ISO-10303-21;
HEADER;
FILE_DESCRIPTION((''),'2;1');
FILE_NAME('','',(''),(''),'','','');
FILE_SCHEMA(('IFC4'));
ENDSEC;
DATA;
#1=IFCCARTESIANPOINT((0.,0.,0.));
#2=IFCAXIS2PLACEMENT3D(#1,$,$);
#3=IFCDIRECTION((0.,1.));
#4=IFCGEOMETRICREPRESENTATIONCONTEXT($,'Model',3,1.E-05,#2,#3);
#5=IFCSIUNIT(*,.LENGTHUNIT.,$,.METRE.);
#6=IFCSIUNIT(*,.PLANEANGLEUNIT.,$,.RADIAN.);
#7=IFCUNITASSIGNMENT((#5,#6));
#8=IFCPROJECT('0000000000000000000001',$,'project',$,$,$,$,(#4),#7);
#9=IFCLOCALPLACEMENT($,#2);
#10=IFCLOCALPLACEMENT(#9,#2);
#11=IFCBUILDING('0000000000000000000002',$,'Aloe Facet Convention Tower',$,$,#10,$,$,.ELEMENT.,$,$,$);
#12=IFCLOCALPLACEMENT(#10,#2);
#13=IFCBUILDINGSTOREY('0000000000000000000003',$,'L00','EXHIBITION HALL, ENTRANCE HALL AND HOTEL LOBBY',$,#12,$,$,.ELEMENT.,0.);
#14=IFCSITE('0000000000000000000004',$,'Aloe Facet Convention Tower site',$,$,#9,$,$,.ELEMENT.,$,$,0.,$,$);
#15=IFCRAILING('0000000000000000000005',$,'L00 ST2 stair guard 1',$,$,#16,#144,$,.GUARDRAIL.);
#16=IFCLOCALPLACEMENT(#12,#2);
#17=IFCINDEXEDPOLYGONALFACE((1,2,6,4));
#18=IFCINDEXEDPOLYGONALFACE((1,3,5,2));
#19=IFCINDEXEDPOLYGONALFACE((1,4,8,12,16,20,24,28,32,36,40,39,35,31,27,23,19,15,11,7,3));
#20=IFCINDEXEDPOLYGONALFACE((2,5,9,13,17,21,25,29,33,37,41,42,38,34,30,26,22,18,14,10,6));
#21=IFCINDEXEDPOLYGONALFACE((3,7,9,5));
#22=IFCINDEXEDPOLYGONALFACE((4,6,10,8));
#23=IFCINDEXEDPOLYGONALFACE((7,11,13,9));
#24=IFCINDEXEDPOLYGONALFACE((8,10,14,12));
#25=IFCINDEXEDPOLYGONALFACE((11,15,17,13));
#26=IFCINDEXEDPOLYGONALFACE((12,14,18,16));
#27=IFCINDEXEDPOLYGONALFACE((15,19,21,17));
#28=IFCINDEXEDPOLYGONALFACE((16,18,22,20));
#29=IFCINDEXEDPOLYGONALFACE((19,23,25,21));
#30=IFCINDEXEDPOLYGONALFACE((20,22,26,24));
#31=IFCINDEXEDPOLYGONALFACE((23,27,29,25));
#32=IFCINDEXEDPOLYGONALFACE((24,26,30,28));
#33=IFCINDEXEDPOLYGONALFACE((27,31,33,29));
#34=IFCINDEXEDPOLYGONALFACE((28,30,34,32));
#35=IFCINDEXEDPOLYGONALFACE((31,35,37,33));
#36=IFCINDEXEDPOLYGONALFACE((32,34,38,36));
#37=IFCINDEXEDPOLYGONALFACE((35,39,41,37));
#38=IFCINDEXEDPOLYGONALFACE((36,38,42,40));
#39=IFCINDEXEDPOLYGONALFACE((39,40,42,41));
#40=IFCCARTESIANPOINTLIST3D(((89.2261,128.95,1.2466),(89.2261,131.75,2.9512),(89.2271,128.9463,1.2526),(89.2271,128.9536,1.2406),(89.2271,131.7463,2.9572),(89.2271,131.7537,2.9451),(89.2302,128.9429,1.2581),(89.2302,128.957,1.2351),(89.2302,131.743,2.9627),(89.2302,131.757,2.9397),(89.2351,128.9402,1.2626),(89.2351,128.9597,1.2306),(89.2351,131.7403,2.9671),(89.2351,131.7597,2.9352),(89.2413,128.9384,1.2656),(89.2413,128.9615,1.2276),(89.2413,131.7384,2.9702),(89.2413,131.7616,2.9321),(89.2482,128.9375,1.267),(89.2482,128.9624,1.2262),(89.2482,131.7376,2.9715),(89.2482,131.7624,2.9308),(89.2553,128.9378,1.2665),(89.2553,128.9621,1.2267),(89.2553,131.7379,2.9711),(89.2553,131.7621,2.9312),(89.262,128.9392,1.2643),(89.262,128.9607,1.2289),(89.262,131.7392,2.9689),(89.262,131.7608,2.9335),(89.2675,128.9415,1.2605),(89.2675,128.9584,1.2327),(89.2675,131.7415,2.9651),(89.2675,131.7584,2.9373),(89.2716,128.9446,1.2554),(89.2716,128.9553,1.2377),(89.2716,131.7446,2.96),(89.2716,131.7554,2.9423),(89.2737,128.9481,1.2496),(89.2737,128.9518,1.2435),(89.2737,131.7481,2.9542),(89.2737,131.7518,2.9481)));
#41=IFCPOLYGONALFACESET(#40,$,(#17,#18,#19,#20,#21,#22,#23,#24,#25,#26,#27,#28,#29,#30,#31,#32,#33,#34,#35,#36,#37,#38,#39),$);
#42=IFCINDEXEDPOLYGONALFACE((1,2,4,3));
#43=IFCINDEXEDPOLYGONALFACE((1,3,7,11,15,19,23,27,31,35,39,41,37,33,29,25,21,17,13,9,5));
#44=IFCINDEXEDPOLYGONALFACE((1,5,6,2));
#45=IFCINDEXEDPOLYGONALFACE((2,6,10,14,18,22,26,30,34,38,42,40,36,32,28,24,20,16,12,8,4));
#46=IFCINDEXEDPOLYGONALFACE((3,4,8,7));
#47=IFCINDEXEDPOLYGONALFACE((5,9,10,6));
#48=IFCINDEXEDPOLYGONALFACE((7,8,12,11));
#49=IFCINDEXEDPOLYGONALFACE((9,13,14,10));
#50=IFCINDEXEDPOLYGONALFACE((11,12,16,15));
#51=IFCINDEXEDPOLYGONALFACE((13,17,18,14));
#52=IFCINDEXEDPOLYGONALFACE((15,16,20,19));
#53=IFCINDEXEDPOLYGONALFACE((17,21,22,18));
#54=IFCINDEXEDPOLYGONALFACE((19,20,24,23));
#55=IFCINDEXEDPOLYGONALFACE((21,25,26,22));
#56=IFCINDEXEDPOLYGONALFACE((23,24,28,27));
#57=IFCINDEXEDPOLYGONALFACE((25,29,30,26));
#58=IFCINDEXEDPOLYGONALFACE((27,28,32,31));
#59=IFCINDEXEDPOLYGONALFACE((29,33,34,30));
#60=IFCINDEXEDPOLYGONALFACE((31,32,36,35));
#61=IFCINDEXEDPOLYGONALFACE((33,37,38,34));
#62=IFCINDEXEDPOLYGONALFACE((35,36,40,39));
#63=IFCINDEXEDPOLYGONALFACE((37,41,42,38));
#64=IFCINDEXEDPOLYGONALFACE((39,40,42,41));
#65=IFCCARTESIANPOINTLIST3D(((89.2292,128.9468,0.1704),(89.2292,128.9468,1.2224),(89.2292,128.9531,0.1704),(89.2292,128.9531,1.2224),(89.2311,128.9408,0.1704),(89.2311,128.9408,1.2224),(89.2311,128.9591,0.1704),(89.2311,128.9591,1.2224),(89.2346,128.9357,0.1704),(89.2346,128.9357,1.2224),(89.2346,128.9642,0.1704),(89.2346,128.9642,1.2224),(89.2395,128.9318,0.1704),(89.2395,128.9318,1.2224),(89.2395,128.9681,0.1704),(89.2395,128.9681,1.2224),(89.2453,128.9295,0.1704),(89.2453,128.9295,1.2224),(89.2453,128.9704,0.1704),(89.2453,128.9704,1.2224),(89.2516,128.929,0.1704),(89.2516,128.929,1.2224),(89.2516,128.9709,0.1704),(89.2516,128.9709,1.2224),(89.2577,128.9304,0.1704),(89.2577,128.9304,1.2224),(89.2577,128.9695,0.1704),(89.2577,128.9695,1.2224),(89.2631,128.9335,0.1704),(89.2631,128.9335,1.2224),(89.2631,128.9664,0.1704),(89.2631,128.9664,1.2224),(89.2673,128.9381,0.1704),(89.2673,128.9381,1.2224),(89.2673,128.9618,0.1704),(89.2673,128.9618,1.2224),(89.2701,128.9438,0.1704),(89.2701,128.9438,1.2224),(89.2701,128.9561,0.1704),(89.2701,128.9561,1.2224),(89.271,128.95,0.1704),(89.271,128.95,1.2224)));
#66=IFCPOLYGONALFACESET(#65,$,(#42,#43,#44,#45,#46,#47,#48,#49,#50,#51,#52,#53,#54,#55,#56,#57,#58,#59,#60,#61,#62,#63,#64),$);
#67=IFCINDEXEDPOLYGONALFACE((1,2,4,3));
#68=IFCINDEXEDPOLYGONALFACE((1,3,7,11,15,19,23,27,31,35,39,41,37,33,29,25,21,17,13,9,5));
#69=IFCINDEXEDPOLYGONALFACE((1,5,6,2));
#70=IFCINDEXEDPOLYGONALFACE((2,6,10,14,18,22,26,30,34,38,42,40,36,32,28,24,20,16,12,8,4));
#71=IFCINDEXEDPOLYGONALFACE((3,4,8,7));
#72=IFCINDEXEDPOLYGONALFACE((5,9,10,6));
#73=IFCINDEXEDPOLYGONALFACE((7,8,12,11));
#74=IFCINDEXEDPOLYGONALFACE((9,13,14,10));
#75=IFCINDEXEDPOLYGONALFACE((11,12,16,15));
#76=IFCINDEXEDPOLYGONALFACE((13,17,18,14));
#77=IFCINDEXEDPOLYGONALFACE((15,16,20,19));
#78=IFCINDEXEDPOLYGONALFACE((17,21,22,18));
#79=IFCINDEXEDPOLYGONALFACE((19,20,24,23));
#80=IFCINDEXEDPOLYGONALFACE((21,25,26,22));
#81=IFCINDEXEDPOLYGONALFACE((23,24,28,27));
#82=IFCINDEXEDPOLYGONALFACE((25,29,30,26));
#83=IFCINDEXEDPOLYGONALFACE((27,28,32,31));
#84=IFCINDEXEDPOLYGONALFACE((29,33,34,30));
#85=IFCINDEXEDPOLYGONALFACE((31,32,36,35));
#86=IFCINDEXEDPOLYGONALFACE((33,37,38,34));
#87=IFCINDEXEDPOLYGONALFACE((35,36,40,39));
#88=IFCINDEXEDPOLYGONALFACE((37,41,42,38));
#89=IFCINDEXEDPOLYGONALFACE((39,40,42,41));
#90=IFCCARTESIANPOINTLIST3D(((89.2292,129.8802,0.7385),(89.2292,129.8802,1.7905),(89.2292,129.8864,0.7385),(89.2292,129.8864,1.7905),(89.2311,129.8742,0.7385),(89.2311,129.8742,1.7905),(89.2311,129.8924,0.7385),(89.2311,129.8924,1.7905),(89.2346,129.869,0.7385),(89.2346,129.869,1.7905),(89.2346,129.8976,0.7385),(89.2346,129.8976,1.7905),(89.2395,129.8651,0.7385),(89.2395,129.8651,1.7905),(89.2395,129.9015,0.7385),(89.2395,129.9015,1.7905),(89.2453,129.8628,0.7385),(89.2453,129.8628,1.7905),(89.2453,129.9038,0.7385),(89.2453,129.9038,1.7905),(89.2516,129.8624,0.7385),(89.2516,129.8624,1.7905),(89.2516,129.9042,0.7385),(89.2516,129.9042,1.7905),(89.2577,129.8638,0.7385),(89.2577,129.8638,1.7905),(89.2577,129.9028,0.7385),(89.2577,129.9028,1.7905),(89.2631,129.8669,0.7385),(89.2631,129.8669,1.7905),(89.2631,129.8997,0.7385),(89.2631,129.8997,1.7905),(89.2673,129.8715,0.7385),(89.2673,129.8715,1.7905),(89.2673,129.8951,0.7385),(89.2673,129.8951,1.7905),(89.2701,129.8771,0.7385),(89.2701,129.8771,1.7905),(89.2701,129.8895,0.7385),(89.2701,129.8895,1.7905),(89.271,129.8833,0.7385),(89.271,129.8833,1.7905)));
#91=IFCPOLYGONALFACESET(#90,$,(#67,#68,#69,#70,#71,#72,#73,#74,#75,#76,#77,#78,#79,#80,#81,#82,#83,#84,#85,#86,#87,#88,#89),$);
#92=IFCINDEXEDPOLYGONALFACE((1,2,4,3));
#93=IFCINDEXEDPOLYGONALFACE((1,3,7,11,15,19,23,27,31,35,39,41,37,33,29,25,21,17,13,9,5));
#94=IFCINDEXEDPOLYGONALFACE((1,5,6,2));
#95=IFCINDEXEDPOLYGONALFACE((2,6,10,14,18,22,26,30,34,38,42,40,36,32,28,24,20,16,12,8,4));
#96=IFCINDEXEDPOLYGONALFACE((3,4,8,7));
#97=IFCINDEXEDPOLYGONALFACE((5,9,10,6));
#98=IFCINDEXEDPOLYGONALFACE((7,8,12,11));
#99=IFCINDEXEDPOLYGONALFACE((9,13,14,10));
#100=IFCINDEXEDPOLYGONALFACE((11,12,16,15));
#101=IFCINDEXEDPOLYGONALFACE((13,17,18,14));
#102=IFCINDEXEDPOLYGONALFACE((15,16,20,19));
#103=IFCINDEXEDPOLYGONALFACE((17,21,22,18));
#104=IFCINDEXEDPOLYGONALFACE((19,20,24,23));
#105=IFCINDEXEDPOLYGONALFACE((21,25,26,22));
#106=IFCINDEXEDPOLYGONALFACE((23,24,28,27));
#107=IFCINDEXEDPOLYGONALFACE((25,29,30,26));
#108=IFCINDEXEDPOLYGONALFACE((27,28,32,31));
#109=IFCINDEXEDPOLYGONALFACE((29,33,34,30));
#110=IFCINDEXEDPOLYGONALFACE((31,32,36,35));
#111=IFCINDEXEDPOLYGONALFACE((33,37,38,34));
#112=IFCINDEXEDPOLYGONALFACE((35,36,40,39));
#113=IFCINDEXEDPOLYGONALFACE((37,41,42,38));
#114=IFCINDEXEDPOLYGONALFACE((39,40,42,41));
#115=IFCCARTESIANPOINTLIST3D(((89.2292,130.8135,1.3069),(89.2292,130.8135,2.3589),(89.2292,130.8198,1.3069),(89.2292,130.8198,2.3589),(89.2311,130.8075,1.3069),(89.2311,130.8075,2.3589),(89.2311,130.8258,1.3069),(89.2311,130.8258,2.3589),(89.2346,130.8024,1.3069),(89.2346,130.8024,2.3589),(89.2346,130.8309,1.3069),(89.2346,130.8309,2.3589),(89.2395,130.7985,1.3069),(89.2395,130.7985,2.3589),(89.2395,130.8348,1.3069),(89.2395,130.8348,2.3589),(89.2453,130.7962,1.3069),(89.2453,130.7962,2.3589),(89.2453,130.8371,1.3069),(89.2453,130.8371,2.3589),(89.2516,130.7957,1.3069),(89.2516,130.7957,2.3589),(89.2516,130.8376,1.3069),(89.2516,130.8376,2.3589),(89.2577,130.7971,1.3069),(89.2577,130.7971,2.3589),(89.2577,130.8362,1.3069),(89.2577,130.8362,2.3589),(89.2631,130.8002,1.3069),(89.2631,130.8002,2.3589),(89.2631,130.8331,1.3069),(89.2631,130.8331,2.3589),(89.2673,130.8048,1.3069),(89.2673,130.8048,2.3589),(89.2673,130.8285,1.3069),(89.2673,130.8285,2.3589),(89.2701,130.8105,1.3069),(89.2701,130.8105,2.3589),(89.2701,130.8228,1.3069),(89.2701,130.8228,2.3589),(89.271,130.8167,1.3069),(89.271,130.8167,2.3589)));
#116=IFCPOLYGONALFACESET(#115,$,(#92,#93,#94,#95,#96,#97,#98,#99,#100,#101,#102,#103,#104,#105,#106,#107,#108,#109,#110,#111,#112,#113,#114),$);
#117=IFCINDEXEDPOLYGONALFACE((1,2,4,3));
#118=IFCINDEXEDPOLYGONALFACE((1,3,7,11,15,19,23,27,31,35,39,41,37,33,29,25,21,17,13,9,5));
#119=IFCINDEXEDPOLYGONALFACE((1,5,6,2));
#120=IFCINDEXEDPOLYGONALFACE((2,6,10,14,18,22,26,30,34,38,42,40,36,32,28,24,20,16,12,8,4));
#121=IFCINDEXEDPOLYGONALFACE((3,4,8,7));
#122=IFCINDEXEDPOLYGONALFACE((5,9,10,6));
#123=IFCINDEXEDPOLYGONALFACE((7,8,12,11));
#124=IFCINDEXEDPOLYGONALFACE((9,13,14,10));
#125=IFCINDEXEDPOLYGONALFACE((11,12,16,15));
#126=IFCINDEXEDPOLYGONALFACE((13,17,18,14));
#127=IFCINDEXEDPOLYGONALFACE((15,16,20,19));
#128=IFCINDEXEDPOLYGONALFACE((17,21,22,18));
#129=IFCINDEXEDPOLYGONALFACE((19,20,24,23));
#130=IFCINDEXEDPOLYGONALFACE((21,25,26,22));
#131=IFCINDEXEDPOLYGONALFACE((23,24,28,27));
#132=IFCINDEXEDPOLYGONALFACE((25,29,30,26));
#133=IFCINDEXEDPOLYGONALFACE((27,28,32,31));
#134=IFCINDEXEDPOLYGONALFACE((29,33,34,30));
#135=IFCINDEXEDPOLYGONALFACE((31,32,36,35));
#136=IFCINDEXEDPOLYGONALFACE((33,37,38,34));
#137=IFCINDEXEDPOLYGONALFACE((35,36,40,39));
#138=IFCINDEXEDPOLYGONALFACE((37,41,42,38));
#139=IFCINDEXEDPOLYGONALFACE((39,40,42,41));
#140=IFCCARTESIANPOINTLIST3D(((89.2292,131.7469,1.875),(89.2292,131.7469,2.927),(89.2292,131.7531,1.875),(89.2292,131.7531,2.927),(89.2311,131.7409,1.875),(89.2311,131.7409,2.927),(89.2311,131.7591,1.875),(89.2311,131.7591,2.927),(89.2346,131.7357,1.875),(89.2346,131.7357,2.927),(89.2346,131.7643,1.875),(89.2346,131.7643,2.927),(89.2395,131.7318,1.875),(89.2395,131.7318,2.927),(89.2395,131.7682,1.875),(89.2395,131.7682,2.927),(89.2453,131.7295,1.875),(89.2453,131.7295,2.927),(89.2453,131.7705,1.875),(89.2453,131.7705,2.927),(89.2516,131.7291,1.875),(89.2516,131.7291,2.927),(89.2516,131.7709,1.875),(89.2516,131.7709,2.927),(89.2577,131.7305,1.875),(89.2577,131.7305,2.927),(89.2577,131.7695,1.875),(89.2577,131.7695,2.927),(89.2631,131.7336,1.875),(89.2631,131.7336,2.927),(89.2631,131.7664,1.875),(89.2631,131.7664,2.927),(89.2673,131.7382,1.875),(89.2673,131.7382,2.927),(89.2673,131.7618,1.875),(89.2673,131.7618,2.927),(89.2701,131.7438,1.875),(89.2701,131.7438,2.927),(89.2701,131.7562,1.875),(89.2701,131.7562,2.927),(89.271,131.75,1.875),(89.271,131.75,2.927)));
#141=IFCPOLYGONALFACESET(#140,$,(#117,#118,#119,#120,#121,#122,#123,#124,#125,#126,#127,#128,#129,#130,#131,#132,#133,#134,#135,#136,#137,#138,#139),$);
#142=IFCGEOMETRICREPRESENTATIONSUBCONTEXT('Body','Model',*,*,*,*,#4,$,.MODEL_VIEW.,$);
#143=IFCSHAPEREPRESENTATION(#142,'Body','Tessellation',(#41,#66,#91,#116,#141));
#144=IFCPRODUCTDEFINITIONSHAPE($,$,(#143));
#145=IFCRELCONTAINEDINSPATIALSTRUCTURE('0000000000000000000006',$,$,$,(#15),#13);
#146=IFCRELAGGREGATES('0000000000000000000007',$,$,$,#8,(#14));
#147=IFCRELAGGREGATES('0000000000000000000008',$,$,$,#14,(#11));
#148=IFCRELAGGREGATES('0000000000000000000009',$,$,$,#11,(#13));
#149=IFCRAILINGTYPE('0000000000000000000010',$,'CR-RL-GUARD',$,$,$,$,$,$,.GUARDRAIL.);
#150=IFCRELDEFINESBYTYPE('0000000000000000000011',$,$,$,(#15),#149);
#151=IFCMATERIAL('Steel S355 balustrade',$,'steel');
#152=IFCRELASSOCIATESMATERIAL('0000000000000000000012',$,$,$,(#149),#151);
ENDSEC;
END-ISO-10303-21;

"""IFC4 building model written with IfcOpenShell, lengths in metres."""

from ifc_helpers import new_model, si_unit, direction, frame, origin, origin_2d, place, context, subcontext, project, spatial, circle, extrude, material, type_object, element, save


model = new_model("IFC4")

# Units and contexts
model_context = context("Model", 3, precision=1e-05, world=origin(), true_north=direction((0.0, 1.0)))
body_context = subcontext(model_context, "Body", "Model", "MODEL_VIEW")
ifc_project = project(units=[si_unit("LENGTHUNIT", "METRE"), si_unit("PLANEANGLEUNIT", "RADIAN")], contexts=[model_context])

# Site, building, storey
site_placement = place(None, origin())
site = spatial("IfcSite", under=ifc_project, at=site_placement, Name="Aloe Facet Convention Tower site", CompositionType="ELEMENT", RefElevation=0.0)
building_placement = place(site_placement, origin())
building = spatial("IfcBuilding", under=site, at=building_placement, Name="Aloe Facet Convention Tower", CompositionType="ELEMENT")
storey_placement = place(building_placement, origin())
storey = spatial("IfcBuildingStorey", under=building, at=storey_placement, Name="L00", Description="EXHIBITION HALL, ENTRANCE HALL AND HOTEL LOBBY", CompositionType="ELEMENT", Elevation=0.0)

# Railing
ifc_material_1 = material(Name="Steel S355 balustrade", Category="steel")
railing_type_1 = type_object("IfcRailingType", Name="CR-RL-GUARD", PredefinedType="GUARDRAIL", material=ifc_material_1)
railing_1_placement = place(storey_placement, frame((89.25, 128.95, 0.1704)))
element("IfcRailing", 1, at=railing_1_placement, inside=storey, type_object=railing_type_1, Name="L00 ST2 stair guard 1", PredefinedType="GUARDRAIL", context=body_context, shape_type="SweptSolid", body=[
    extrude(circle(Radius=0.0239, at=origin_2d()), frame((0.0, 0.0, 1.0762), z_axis=(0.0, 0.85417, 0.519994), x_axis=(-1.0, 0.0, 0.0)), (0.0, 0.0, 1.0), 3.2781),
    extrude(circle(Radius=0.021, at=origin_2d()), origin(), (0.0, 0.0, 1.0), 1.052),
    extrude(circle(Radius=0.021, at=origin_2d()), frame((0.0, 0.9333, 0.5681)), (0.0, 0.0, 1.0), 1.052),
    extrude(circle(Radius=0.021, at=origin_2d()), frame((0.0, 1.8667, 1.1365)), (0.0, 0.0, 1.0), 1.052),
    extrude(circle(Radius=0.021, at=origin_2d()), frame((0.0, 2.8, 1.7046)), (0.0, 0.0, 1.0), 1.052),
])

save(model, "model.ifc")
